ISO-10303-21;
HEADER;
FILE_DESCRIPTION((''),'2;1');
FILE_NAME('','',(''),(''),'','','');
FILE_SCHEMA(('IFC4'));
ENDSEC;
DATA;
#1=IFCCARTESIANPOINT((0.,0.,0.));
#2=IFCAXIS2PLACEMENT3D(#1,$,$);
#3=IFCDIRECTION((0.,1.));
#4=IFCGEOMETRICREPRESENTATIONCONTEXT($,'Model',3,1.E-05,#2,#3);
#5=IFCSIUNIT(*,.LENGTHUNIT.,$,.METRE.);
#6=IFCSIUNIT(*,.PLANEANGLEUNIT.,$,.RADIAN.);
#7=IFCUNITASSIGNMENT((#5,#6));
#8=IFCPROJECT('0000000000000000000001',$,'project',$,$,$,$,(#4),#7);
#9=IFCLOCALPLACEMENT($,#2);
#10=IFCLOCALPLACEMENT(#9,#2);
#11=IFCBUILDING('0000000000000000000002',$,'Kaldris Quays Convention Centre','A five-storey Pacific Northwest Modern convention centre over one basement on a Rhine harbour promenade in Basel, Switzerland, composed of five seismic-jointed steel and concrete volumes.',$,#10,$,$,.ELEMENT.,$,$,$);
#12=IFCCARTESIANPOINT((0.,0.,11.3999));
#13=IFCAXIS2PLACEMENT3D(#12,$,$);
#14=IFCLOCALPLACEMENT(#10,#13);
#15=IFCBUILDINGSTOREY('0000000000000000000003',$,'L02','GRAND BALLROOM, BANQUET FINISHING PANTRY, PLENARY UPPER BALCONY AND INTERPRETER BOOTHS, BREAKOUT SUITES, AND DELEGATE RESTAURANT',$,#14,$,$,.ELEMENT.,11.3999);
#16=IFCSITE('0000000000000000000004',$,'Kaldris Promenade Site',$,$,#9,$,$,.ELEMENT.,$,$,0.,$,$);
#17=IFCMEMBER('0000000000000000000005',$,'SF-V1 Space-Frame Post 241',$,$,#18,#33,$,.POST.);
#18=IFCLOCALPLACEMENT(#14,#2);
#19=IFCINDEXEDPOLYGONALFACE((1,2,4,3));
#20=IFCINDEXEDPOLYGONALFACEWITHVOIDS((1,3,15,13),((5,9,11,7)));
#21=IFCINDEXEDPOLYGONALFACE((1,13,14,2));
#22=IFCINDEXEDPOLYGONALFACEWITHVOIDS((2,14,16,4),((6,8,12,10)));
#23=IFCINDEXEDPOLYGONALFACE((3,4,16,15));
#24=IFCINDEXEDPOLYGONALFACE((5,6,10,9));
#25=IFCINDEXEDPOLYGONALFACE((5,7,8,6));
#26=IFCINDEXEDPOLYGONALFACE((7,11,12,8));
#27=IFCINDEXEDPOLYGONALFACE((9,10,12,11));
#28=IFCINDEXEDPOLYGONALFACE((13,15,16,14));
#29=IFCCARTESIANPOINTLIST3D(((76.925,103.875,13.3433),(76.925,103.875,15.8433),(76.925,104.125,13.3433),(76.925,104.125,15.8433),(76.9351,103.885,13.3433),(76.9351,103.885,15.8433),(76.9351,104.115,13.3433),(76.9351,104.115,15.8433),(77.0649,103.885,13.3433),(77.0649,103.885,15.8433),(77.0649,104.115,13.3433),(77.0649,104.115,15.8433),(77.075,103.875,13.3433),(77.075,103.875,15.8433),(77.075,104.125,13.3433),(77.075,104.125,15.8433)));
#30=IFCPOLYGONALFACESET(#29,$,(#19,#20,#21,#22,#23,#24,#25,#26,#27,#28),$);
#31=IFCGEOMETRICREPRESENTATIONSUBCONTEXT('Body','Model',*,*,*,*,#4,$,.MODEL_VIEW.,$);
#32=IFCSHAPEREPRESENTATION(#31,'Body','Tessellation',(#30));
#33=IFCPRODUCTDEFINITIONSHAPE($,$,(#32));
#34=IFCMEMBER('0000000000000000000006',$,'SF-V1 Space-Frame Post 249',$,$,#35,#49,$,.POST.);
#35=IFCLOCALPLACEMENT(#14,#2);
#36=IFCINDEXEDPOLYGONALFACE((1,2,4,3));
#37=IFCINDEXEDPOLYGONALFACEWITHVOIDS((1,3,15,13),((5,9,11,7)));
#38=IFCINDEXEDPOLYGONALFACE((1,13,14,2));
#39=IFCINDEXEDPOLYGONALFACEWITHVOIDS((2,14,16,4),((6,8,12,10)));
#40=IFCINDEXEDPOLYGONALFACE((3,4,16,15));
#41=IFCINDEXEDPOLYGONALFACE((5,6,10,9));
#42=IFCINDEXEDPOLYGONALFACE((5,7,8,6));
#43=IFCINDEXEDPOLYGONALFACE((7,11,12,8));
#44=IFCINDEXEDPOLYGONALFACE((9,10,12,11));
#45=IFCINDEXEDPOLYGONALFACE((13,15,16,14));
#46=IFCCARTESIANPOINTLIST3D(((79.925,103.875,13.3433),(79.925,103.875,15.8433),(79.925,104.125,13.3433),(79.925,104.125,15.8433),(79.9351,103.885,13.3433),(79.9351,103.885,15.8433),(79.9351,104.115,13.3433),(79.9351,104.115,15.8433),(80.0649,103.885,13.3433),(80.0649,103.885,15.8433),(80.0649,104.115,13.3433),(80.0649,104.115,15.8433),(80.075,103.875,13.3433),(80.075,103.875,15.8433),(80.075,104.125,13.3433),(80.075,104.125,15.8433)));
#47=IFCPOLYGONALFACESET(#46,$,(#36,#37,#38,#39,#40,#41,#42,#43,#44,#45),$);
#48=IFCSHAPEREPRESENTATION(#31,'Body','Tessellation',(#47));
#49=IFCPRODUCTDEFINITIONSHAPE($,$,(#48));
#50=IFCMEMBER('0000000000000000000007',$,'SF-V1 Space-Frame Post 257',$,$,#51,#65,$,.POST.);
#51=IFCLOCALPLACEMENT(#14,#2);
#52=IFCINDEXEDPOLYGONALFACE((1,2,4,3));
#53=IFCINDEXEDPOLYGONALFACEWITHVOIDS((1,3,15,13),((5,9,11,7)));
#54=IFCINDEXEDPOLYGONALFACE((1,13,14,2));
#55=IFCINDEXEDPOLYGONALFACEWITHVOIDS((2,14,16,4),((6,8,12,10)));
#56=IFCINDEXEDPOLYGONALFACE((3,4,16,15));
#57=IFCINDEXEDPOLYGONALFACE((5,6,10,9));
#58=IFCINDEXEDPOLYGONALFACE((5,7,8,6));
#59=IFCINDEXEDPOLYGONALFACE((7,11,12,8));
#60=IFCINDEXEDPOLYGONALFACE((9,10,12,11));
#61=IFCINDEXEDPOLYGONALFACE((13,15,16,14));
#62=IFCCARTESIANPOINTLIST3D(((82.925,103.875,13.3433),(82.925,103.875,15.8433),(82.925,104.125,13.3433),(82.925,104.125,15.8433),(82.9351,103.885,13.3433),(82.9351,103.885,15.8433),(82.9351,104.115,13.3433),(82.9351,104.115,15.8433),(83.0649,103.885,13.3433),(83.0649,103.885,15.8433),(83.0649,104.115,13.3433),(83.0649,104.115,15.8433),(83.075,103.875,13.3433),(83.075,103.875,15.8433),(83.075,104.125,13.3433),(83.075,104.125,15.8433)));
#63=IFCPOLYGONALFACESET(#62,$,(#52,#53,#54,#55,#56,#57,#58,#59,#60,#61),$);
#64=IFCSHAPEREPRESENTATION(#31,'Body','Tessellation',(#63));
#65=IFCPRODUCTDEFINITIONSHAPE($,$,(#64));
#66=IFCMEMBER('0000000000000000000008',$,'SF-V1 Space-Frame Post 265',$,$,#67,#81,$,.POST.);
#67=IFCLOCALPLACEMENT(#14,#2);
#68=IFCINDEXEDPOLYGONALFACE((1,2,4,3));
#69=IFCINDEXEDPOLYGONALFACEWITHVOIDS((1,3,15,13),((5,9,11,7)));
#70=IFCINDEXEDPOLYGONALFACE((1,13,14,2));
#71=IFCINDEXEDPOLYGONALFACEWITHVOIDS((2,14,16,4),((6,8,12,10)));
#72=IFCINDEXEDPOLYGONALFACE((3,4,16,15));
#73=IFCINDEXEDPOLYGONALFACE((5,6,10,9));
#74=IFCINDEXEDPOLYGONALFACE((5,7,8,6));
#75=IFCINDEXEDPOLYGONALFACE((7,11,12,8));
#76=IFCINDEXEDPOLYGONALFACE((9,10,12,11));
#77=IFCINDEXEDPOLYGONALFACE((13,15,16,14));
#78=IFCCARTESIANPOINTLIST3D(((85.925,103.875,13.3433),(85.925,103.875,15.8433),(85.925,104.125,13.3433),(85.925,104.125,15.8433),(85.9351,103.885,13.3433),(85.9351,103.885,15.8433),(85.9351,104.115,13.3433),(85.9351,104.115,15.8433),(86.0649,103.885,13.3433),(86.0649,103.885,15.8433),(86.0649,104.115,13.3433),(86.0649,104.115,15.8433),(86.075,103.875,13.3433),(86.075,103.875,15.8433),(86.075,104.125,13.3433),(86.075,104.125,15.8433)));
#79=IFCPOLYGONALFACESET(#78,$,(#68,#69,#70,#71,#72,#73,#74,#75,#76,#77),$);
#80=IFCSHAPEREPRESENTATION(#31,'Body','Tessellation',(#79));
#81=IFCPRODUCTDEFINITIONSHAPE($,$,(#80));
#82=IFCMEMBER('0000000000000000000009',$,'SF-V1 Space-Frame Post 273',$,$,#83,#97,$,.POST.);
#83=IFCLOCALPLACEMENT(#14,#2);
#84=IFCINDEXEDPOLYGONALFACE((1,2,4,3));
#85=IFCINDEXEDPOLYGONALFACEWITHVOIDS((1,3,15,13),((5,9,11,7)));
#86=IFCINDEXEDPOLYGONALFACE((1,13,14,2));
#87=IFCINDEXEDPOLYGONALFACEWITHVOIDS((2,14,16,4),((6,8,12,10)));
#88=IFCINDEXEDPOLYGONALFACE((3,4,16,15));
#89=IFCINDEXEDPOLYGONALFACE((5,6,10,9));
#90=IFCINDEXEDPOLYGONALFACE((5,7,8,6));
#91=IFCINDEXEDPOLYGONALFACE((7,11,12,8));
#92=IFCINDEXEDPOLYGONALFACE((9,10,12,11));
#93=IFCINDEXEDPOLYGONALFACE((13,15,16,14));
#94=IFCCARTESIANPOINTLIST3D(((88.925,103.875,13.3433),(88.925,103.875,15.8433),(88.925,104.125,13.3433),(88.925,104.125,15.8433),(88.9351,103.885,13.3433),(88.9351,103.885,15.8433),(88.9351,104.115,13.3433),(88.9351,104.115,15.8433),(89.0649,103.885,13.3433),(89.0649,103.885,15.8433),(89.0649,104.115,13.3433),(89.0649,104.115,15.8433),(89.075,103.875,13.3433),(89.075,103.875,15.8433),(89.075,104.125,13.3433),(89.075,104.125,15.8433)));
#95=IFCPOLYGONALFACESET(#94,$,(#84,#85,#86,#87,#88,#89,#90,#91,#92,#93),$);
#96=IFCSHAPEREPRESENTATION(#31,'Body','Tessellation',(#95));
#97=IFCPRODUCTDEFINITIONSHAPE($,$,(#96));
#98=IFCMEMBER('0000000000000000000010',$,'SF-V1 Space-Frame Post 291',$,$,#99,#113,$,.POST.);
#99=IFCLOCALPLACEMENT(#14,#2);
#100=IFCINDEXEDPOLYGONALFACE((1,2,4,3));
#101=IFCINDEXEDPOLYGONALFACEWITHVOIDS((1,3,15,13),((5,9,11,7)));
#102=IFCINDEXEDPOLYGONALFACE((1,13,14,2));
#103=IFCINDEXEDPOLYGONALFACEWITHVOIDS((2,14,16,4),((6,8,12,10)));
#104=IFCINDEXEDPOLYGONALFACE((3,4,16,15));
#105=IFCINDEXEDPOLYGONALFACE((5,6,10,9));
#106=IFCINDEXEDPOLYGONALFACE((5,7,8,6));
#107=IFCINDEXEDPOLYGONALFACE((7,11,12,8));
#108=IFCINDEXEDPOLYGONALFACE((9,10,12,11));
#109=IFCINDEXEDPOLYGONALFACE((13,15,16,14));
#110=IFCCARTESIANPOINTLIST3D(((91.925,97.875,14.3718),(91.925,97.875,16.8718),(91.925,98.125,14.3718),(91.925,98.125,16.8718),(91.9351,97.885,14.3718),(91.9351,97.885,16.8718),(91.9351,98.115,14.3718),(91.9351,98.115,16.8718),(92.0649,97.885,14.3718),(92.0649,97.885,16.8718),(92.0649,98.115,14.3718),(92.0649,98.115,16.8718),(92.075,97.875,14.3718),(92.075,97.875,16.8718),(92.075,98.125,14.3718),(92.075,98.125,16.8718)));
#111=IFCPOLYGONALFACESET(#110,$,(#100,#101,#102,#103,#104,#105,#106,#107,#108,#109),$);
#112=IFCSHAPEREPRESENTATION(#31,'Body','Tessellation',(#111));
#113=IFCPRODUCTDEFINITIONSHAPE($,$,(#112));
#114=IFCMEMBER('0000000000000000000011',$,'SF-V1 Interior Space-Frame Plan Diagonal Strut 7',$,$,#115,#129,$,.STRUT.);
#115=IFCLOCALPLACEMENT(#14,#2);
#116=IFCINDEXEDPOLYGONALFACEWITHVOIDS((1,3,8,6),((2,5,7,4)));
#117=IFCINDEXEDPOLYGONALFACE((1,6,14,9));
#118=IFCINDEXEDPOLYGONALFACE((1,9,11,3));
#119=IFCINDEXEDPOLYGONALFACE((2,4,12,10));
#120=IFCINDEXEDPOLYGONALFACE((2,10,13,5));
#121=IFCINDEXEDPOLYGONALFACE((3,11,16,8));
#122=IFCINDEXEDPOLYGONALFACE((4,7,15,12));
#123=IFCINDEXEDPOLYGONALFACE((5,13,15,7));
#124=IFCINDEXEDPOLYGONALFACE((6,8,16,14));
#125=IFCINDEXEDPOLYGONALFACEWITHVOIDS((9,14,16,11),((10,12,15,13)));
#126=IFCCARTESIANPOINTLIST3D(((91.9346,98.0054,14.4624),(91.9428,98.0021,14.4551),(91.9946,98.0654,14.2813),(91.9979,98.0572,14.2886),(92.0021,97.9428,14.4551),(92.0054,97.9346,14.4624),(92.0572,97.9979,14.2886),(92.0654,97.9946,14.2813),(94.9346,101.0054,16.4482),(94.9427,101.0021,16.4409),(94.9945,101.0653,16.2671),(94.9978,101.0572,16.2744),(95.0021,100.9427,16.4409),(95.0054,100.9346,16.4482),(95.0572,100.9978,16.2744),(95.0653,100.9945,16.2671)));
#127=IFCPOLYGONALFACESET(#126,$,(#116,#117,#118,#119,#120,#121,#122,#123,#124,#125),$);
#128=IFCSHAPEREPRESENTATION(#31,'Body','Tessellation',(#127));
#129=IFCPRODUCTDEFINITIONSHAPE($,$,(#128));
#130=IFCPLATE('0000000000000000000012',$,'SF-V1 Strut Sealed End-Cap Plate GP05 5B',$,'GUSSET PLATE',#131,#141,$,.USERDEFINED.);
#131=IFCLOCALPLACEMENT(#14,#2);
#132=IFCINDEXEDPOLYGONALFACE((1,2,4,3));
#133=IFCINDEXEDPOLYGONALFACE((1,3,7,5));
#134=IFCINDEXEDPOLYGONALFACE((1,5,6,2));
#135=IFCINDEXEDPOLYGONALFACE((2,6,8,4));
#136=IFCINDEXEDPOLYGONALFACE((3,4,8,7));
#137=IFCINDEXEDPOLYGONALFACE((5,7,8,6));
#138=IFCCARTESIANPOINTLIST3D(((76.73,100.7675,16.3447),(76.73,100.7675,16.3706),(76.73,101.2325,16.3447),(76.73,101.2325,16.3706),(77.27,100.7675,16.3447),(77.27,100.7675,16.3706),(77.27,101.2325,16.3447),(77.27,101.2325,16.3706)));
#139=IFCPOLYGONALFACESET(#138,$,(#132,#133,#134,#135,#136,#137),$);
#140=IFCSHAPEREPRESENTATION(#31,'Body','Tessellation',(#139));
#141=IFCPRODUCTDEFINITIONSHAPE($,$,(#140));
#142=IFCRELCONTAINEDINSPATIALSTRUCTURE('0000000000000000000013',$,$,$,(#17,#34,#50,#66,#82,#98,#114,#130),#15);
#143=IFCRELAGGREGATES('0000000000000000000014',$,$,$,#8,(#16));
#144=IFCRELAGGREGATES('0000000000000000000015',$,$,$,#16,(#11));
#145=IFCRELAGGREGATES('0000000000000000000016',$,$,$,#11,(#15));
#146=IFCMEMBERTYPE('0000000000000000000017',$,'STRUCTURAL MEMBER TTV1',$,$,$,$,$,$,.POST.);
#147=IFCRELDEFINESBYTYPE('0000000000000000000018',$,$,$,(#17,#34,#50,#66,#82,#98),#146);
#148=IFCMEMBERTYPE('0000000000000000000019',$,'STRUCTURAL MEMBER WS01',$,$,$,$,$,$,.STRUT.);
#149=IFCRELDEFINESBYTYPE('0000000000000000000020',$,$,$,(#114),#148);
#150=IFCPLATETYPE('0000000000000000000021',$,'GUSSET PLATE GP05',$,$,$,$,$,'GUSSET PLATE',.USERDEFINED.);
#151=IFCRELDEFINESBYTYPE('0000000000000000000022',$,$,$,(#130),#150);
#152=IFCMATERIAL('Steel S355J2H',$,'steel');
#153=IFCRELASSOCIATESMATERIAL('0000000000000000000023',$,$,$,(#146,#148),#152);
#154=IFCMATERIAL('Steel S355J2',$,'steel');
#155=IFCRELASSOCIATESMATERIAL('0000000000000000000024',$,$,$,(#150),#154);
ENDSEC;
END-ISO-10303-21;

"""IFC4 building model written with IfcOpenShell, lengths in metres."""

from ifc_helpers import new_model, si_unit, direction, frame, origin, origin_2d, place, context, subcontext, project, spatial, rectangle, hollow_rectangle, extrude, material, material_profile, profile_set, type_object, element, save


model = new_model("IFC4")

# Units and contexts
model_context = context("Model", 3, precision=1e-05, world=origin(), true_north=direction((0.0, 1.0)))
body_context = subcontext(model_context, "Body", "Model", "MODEL_VIEW")
ifc_project = project(units=[si_unit("LENGTHUNIT", "METRE"), si_unit("PLANEANGLEUNIT", "RADIAN")], contexts=[model_context])

# Site, building, storey
site_placement = place(None, origin())
site = spatial("IfcSite", under=ifc_project, at=site_placement, Name="Kaldris Promenade Site", CompositionType="ELEMENT", RefElevation=0.0)
building_placement = place(site_placement, origin())
building = spatial("IfcBuilding", under=site, at=building_placement, Name="Kaldris Quays Convention Centre", Description="A five-storey Pacific Northwest Modern convention centre over one basement on a Rhine harbour promenade in Basel, Switzerland, composed of five seismic-jointed steel and concrete volumes.", CompositionType="ELEMENT")
storey_placement = place(building_placement, frame((0.0, 0.0, 11.3999)))
storey = spatial("IfcBuildingStorey", under=building, at=storey_placement, Name="L02", Description="GRAND BALLROOM, BANQUET FINISHING PANTRY, PLENARY UPPER BALCONY AND INTERPRETER BOOTHS, BREAKOUT SUITES, AND DELEGATE RESTAURANT", CompositionType="ELEMENT", Elevation=11.3999)

# Members
ifc_material_1 = material(Name="Steel S355J2H", Category="steel")
ifc_material_profile_1 = material_profile(ifc_material_1, hollow_rectangle(XDim=0.1499, YDim=0.25, WallThickness=0.01, at=origin_2d()), Name="RHS 250x150x10")
ifc_profile_set_1 = profile_set([ifc_material_profile_1], Name="Steel S355J2H")
member_type_1 = type_object("IfcMemberType", Name="STRUCTURAL MEMBER TTV1", PredefinedType="POST", material=ifc_profile_set_1)
for number, where, z_axis, x_axis, name in (
    (1, (77.0, 104.0, 13.3433), (0.0, 0.0, 1.0), (1.0, 0.0, 0.0), "SF-V1 Space-Frame Post 241"),
    (2, (80.0, 104.0, 13.3433), (0.0, 0.0, 1.0), (1.0, 0.0, 0.0), "SF-V1 Space-Frame Post 249"),
    (3, (83.0, 104.0, 13.3433), (0.0, 0.0, 1.0), (1.0, 0.0, 0.0), "SF-V1 Space-Frame Post 257"),
    (4, (86.0, 104.0, 13.3433), (0.0, 0.0, 1.0), (1.0, 0.0, 0.0), "SF-V1 Space-Frame Post 265"),
    (5, (89.0, 104.0, 13.3433), (0.0, 0.0, 1.0), (1.0, 0.0, 0.0), "SF-V1 Space-Frame Post 273"),
    (6, (92.0, 98.0, 14.3718), (0.0, 0.0, 1.0), (1.0, 0.0, 0.0), "SF-V1 Space-Frame Post 291"),
):
    element("IfcMember", number, at=place(storey_placement, frame(where, z_axis=z_axis, x_axis=x_axis)), inside=storey, type_object=member_type_1, Name=name, PredefinedType="POST", context=body_context, shape_type="SweptSolid", body=[
        extrude(hollow_rectangle(XDim=0.1499, YDim=0.25, WallThickness=0.01, at=origin_2d()), origin(), (0.0, 0.0, 1.0), 2.5),
    ])
ifc_material_profile_2 = material_profile(ifc_material_1, hollow_rectangle(XDim=0.1001, YDim=0.2, WallThickness=0.0081, at=origin_2d()), Name="RHS 200x100x8")
ifc_profile_set_2 = profile_set([ifc_material_profile_2], Name="Steel S355J2H")
member_type_2 = type_object("IfcMemberType", Name="STRUCTURAL MEMBER WS01", PredefinedType="STRUT", material=ifc_profile_set_2)
member_1_placement = place(storey_placement, frame((92.0, 98.0, 14.3718), z_axis=(0.640424, 0.640424, 0.423927), x_axis=(-0.707107, 0.707107, 0.0)))
element("IfcMember", 7, at=member_1_placement, inside=storey, type_object=member_type_2, Name="SF-V1 Interior Space-Frame Plan Diagonal Strut 7", PredefinedType="STRUT", context=body_context, shape_type="SweptSolid", body=[
    extrude(hollow_rectangle(XDim=0.1001, YDim=0.2, WallThickness=0.0081, at=origin_2d()), origin(), (0.0, 0.0, 1.0), 4.6843),
])

# Plate
ifc_material_2 = material(Name="Steel S355J2", Category="steel")
plate_type = type_object("IfcPlateType", Name="GUSSET PLATE GP05", ElementType="GUSSET PLATE", PredefinedType="USERDEFINED", material=ifc_material_2)
plate_placement = place(storey_placement, frame((77.0, 101.0, 16.3447), z_axis=(0.0, 0.0, 1.0), x_axis=(1.0, 0.0, 0.0)))
element("IfcPlate", 8, at=plate_placement, inside=storey, type_object=plate_type, Name="SF-V1 Strut Sealed End-Cap Plate GP05 5B", ObjectType="GUSSET PLATE", PredefinedType="USERDEFINED", context=body_context, shape_type="SweptSolid", body=[
    extrude(rectangle(XDim=0.54, YDim=0.4651, at=origin_2d()), origin(), (0.0, 0.0, 1.0), 0.0259),
])

save(model, "model.ifc")
